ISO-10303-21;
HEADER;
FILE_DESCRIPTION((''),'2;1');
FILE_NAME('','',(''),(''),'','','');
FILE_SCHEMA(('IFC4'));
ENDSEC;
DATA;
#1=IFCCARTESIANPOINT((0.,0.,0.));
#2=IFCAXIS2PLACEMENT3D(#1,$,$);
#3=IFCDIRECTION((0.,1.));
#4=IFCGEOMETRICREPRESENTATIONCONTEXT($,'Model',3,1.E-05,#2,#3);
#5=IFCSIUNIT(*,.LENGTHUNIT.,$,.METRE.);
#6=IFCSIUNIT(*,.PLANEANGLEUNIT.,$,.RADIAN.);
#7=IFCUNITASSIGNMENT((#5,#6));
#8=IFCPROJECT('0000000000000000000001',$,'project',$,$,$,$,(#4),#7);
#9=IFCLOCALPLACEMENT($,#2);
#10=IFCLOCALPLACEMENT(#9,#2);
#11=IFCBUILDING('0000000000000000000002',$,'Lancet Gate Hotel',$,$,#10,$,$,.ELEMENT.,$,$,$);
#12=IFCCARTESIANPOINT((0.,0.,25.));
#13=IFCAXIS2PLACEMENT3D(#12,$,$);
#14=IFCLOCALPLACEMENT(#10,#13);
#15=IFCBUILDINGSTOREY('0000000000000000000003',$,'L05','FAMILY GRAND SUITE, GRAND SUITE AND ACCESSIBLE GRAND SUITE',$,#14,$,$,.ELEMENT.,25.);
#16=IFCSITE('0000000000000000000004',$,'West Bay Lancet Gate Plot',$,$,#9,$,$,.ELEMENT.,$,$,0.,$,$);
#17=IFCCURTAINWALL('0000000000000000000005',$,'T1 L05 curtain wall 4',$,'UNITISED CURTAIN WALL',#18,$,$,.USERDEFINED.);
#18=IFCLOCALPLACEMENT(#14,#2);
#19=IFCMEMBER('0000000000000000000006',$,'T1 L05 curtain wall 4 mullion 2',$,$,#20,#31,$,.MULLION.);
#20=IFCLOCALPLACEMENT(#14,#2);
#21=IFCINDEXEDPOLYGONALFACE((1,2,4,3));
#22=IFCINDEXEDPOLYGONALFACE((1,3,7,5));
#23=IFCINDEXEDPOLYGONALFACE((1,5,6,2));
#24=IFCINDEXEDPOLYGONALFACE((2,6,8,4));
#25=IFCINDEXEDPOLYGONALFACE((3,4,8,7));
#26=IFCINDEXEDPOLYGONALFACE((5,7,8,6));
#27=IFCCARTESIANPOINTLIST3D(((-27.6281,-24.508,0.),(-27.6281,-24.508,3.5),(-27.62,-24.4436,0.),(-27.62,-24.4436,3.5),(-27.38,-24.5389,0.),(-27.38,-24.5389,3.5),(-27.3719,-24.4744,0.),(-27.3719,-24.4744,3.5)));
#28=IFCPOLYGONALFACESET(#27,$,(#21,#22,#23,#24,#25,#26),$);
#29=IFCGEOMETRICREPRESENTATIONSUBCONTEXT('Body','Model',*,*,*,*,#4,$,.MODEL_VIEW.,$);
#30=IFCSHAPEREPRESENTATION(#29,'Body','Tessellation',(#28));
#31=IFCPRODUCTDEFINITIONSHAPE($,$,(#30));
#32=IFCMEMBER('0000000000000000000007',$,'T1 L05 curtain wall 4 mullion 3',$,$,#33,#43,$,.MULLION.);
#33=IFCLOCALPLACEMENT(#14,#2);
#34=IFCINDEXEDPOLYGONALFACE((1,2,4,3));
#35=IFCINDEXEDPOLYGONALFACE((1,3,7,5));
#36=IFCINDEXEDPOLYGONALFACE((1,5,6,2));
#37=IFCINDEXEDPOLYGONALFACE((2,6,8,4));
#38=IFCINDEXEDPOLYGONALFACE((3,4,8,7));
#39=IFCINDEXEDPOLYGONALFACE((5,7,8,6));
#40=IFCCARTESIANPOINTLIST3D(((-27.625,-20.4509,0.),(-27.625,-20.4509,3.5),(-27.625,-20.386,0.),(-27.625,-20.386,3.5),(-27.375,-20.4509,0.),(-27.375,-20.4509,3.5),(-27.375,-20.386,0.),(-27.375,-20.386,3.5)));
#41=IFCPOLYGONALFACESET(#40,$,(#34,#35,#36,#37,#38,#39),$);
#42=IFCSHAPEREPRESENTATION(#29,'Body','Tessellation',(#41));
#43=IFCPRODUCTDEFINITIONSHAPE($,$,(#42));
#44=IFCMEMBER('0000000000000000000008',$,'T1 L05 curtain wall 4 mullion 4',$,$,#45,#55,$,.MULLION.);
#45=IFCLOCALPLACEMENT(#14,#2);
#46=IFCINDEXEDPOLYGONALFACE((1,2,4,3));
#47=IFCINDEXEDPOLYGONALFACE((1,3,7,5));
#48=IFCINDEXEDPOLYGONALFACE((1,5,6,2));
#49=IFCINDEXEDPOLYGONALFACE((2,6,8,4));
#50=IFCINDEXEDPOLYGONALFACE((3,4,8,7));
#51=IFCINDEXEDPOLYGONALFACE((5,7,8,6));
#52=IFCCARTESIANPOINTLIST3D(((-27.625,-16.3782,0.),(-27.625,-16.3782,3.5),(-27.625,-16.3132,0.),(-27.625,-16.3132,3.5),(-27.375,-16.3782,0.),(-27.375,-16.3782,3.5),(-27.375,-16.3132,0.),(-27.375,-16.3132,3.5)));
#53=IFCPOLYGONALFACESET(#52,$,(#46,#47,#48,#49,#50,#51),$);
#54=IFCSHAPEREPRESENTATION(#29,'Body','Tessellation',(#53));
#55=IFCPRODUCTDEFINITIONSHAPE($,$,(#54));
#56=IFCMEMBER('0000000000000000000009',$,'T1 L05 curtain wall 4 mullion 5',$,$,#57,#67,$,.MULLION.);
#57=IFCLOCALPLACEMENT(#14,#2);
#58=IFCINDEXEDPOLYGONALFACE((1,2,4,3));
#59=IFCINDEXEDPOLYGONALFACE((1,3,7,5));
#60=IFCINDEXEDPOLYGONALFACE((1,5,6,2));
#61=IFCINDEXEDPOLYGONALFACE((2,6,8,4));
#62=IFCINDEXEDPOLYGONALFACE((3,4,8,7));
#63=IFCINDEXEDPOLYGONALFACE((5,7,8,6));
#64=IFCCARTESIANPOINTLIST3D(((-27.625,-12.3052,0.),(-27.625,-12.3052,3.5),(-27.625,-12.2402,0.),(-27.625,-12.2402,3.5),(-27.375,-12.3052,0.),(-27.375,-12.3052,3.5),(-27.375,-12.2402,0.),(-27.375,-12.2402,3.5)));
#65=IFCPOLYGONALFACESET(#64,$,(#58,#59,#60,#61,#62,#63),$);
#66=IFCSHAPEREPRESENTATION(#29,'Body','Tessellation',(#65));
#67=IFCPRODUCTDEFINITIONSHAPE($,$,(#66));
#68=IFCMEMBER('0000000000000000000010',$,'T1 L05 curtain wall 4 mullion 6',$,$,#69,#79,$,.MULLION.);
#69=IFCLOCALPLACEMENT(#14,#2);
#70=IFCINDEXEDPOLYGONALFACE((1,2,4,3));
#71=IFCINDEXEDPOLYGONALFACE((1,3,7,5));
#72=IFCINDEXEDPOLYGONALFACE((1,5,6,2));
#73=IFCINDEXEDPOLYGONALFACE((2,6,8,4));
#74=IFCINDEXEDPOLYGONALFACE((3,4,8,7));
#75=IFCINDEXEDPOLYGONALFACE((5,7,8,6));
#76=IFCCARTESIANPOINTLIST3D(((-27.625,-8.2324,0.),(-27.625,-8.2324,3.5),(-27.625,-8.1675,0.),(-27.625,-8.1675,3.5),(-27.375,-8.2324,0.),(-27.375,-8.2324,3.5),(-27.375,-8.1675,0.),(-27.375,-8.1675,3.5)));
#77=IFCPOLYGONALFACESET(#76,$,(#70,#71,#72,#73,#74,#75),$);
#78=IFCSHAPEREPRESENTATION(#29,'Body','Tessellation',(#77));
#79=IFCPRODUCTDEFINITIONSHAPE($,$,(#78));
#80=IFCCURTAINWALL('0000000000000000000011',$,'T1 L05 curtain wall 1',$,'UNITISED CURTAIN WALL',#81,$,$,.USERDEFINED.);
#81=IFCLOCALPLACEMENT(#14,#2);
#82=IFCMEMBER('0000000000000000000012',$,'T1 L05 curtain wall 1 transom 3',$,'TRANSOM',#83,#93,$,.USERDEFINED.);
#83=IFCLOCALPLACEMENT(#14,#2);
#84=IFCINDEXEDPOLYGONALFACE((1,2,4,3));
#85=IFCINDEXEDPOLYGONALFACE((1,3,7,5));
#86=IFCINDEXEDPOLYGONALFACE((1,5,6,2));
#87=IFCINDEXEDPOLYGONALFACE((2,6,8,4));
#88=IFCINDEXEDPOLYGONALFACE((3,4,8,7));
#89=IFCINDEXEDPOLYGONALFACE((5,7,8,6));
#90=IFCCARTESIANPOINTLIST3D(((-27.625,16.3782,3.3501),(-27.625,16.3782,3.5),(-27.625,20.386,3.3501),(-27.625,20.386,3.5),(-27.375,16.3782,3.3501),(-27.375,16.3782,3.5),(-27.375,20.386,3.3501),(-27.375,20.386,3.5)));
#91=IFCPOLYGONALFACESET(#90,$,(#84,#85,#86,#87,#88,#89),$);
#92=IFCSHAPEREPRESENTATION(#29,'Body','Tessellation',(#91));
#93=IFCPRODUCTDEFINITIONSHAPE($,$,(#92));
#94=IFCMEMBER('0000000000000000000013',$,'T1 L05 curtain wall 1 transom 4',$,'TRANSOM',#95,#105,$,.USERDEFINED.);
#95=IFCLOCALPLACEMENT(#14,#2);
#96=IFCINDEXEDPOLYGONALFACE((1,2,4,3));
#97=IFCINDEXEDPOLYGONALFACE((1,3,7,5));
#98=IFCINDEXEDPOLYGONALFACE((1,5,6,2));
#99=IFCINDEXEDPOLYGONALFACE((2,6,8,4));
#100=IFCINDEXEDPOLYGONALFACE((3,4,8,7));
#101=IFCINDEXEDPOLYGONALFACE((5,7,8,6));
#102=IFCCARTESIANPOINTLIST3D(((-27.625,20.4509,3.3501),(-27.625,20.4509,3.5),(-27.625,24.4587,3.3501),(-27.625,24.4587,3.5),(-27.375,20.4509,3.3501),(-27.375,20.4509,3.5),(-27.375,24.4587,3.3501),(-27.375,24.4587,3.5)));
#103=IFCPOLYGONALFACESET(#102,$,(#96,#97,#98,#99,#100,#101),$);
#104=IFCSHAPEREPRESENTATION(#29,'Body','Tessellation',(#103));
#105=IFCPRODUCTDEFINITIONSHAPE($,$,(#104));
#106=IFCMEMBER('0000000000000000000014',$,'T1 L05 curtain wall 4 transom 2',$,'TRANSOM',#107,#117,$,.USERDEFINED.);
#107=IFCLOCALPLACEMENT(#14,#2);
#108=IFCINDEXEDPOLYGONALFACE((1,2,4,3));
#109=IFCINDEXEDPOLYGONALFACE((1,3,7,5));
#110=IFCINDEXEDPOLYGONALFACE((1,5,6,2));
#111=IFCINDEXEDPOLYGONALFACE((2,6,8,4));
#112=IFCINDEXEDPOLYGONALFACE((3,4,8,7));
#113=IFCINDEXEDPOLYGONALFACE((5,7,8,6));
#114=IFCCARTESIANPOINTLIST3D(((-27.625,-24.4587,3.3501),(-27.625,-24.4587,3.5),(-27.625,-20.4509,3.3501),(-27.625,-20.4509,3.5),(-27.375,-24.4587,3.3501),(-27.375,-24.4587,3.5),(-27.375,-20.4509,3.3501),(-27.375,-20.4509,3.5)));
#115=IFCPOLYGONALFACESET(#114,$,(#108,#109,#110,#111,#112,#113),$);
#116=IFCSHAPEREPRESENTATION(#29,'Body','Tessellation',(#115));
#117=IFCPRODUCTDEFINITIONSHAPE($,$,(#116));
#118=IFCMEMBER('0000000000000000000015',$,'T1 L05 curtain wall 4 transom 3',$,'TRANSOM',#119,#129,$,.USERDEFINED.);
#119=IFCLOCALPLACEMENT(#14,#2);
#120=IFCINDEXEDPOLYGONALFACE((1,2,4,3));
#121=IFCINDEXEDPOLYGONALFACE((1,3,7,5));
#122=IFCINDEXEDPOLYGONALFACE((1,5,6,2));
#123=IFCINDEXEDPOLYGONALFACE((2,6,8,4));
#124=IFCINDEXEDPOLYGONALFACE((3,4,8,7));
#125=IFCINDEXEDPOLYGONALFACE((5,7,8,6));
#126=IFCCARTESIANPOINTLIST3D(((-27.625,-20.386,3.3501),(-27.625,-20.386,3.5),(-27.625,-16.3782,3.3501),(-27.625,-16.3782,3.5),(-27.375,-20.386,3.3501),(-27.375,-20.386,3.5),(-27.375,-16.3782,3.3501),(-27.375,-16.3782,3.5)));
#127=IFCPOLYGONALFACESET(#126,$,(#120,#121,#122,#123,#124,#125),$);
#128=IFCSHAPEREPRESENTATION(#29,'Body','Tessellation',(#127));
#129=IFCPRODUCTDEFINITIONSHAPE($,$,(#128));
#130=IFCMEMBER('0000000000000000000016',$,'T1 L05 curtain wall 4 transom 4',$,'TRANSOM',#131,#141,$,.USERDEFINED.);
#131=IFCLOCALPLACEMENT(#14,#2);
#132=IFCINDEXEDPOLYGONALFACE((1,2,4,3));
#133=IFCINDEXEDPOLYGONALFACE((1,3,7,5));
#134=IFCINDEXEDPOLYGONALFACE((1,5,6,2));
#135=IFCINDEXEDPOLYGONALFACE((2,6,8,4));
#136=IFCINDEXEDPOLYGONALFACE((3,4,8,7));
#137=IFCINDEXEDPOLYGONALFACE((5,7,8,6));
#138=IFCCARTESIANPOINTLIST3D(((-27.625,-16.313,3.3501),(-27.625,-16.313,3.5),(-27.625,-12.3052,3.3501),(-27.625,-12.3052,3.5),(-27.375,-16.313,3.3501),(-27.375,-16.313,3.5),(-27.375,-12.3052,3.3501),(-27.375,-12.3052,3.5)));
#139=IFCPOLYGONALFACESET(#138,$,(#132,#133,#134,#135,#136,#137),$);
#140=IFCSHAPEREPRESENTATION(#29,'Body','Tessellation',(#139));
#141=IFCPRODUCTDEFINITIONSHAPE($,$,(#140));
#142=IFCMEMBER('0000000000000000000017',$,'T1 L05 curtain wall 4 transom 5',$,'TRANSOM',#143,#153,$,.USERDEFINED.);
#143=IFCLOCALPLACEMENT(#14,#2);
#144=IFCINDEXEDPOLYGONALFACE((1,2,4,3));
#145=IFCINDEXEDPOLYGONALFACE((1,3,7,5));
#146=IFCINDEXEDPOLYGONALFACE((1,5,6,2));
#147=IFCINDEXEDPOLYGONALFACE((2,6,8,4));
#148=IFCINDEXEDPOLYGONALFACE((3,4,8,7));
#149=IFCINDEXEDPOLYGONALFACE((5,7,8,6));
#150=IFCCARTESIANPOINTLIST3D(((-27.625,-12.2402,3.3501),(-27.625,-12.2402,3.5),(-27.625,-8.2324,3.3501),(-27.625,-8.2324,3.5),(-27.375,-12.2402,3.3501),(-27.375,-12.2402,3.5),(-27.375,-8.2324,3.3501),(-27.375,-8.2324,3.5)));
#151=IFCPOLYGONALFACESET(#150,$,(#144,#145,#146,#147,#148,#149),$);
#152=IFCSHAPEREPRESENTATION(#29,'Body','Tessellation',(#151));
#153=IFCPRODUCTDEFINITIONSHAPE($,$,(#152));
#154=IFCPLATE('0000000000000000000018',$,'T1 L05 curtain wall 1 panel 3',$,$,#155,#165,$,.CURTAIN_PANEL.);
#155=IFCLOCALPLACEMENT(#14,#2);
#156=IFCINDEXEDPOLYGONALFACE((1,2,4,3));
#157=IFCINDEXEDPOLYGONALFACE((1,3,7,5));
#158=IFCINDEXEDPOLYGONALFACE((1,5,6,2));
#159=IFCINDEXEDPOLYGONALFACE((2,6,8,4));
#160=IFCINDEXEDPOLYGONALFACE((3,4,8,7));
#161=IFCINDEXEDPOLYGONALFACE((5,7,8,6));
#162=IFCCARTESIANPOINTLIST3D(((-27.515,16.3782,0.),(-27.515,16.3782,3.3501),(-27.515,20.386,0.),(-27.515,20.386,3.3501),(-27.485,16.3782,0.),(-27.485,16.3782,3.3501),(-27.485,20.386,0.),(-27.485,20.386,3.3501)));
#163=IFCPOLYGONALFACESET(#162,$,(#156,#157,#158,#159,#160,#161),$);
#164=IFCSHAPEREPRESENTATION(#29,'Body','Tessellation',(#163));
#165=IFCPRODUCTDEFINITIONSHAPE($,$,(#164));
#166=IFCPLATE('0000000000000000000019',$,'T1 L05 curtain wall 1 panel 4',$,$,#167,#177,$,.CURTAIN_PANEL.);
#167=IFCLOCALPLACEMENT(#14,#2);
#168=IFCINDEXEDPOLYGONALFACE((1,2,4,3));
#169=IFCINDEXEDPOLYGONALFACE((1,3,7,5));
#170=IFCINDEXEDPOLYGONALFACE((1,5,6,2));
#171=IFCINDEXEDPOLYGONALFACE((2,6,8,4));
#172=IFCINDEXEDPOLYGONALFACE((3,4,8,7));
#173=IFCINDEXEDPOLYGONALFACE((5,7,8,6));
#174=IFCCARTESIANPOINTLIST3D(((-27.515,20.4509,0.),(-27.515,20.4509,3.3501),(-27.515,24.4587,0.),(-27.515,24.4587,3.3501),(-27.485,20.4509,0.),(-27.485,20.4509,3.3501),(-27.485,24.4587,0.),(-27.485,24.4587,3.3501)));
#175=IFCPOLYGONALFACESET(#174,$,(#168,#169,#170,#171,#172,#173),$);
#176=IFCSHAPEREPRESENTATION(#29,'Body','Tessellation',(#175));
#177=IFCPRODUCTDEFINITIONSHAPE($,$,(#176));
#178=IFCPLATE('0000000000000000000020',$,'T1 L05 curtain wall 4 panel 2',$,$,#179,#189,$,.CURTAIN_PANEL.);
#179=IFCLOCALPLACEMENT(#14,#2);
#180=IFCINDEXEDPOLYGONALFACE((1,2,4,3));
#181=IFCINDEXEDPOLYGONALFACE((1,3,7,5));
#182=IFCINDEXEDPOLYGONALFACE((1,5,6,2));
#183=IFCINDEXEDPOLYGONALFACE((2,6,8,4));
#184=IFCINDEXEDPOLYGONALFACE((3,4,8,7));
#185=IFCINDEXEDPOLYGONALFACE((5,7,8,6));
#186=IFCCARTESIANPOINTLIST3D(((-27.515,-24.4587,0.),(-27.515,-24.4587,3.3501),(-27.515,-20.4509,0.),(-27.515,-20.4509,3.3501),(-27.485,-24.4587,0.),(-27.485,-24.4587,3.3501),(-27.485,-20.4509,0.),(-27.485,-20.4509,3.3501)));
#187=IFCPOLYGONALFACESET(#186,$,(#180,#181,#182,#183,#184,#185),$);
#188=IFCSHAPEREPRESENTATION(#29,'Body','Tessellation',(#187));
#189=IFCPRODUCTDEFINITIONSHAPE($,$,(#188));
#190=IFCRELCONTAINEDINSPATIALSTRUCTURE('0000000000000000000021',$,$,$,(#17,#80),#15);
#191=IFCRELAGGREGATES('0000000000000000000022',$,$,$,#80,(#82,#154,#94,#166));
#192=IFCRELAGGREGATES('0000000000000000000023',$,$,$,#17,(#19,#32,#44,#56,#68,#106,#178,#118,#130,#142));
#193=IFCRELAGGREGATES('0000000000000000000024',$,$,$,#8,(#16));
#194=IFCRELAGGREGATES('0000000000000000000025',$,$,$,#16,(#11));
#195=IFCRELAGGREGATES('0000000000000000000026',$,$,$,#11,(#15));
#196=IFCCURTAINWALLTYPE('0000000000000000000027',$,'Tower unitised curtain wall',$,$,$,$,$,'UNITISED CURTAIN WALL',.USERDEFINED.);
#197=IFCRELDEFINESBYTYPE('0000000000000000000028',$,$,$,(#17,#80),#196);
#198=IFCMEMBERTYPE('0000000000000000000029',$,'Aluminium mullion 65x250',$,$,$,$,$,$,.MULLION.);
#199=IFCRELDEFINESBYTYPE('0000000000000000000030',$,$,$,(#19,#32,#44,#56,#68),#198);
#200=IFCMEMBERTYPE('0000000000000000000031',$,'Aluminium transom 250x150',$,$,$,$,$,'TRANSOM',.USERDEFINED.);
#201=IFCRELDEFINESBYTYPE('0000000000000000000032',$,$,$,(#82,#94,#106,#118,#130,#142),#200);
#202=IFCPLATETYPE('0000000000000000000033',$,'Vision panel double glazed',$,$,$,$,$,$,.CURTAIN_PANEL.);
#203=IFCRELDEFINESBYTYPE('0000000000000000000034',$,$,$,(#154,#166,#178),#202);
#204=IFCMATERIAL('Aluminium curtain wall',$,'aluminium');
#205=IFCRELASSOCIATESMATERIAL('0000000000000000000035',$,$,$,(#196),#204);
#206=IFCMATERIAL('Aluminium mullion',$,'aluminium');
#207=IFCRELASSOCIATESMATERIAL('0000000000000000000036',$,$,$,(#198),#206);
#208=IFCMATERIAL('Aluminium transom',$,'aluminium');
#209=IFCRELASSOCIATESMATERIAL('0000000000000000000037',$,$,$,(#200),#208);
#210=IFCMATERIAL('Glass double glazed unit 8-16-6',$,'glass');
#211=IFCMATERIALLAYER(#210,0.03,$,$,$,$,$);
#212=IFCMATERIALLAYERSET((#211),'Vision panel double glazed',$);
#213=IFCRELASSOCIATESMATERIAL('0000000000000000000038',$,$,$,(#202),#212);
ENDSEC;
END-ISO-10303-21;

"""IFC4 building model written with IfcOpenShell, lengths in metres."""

from ifc_helpers import new_model, si_unit, direction, frame, origin, origin_2d, place, context, subcontext, project, spatial, rectangle, extrude, material, layer, layer_set, material_profile, profile_set, type_object, element, aggregate, save


model = new_model("IFC4")

# Units and contexts
model_context = context("Model", 3, precision=1e-05, world=origin(), true_north=direction((0.0, 1.0)))
body_context = subcontext(model_context, "Body", "Model", "MODEL_VIEW")
ifc_project = project(units=[si_unit("LENGTHUNIT", "METRE"), si_unit("PLANEANGLEUNIT", "RADIAN")], contexts=[model_context])

# Site, building, storey
site_placement = place(None, origin())
site = spatial("IfcSite", under=ifc_project, at=site_placement, Name="West Bay Lancet Gate Plot", CompositionType="ELEMENT", RefElevation=0.0)
building_placement = place(site_placement, origin())
building = spatial("IfcBuilding", under=site, at=building_placement, Name="Lancet Gate Hotel", CompositionType="ELEMENT")
storey_placement = place(building_placement, frame((0.0, 0.0, 25.0)))
storey = spatial("IfcBuildingStorey", under=building, at=storey_placement, Name="L05", Description="FAMILY GRAND SUITE, GRAND SUITE AND ACCESSIBLE GRAND SUITE", CompositionType="ELEMENT", Elevation=25.0)

# Curtain walls, members
ifc_material_1 = material(Name="Aluminium curtain wall", Category="aluminium")
curtain_wall_type = type_object("IfcCurtainWallType", Name="Tower unitised curtain wall", ElementType="UNITISED CURTAIN WALL", PredefinedType="USERDEFINED", material=ifc_material_1)
curtain_wall_1_placement = place(storey_placement, origin())
curtain_wall_1 = element("IfcCurtainWall", 1, at=curtain_wall_1_placement, inside=storey, type_object=curtain_wall_type, Name="T1 L05 curtain wall 4", ObjectType="UNITISED CURTAIN WALL", PredefinedType="USERDEFINED")
ifc_material_2 = material(Name="Aluminium mullion", Category="aluminium")
ifc_material_profile_1 = material_profile(ifc_material_2, rectangle(XDim=0.0649, YDim=0.25, at=origin_2d()), Name="MULLION 65x250")
ifc_profile_set_1 = profile_set([ifc_material_profile_1], Name="Aluminium mullion")
member_type_1 = type_object("IfcMemberType", Name="Aluminium mullion 65x250", PredefinedType="MULLION", material=ifc_profile_set_1)
member_1_placement = place(storey_placement, frame((-27.5, -24.4912, 0.0), z_axis=(0.0, 0.0, 1.0), x_axis=(0.123483, 0.992347, 0.0)))
member_1 = element("IfcMember", 2, at=member_1_placement, type_object=member_type_1, Name="T1 L05 curtain wall 4 mullion 2", PredefinedType="MULLION", context=body_context, shape_type="SweptSolid", body=[
    extrude(rectangle(XDim=0.0649, YDim=0.25, at=origin_2d()), origin(), (0.0, 0.0, 1.0), 3.5),
])
member_2_placement = place(storey_placement, frame((-27.5, -20.4185, 0.0), z_axis=(0.0, 0.0, 1.0), x_axis=(0.0, 1.0, 0.0)))
member_2 = element("IfcMember", 3, at=member_2_placement, type_object=member_type_1, Name="T1 L05 curtain wall 4 mullion 3", PredefinedType="MULLION", context=body_context, shape_type="SweptSolid", body=[
    extrude(rectangle(XDim=0.0649, YDim=0.25, at=origin_2d()), origin(), (0.0, 0.0, 1.0), 3.5),
])
member_3_placement = place(storey_placement, frame((-27.5, -16.3457, 0.0), z_axis=(0.0, 0.0, 1.0), x_axis=(0.0, 1.0, 0.0)))
member_3 = element("IfcMember", 4, at=member_3_placement, type_object=member_type_1, Name="T1 L05 curtain wall 4 mullion 4", PredefinedType="MULLION", context=body_context, shape_type="SweptSolid", body=[
    extrude(rectangle(XDim=0.0649, YDim=0.25, at=origin_2d()), origin(), (0.0, 0.0, 1.0), 3.5),
])
member_4_placement = place(storey_placement, frame((-27.5, -12.2727, 0.0), z_axis=(0.0, 0.0, 1.0), x_axis=(0.0, 1.0, 0.0)))
member_4 = element("IfcMember", 5, at=member_4_placement, type_object=member_type_1, Name="T1 L05 curtain wall 4 mullion 5", PredefinedType="MULLION", context=body_context, shape_type="SweptSolid", body=[
    extrude(rectangle(XDim=0.0649, YDim=0.25, at=origin_2d()), origin(), (0.0, 0.0, 1.0), 3.5),
])
member_5_placement = place(storey_placement, frame((-27.5, -8.2, 0.0), z_axis=(0.0, 0.0, 1.0), x_axis=(0.0, 1.0, 0.0)))
member_5 = element("IfcMember", 6, at=member_5_placement, type_object=member_type_1, Name="T1 L05 curtain wall 4 mullion 6", PredefinedType="MULLION", context=body_context, shape_type="SweptSolid", body=[
    extrude(rectangle(XDim=0.0649, YDim=0.25, at=origin_2d()), origin(), (0.0, 0.0, 1.0), 3.5),
])
curtain_wall_2_placement = place(storey_placement, origin())
curtain_wall_2 = element("IfcCurtainWall", 7, at=curtain_wall_2_placement, inside=storey, type_object=curtain_wall_type, Name="T1 L05 curtain wall 1", ObjectType="UNITISED CURTAIN WALL", PredefinedType="USERDEFINED")
ifc_material_3 = material(Name="Aluminium transom", Category="aluminium")
ifc_material_profile_2 = material_profile(ifc_material_3, rectangle(XDim=0.25, YDim=0.1499, at=origin_2d()), Name="TRANSOM 250x150")
ifc_profile_set_2 = profile_set([ifc_material_profile_2], Name="Aluminium transom")
member_type_2 = type_object("IfcMemberType", Name="Aluminium transom 250x150", ElementType="TRANSOM", PredefinedType="USERDEFINED", material=ifc_profile_set_2)
member_6_placement = place(storey_placement, frame((-27.5, 16.3782, 3.425), z_axis=(0.0, 1.0, 0.0), x_axis=(-1.0, 0.0, 0.0)))
member_6 = element("IfcMember", 8, at=member_6_placement, type_object=member_type_2, Name="T1 L05 curtain wall 1 transom 3", ObjectType="TRANSOM", PredefinedType="USERDEFINED", context=body_context, shape_type="SweptSolid", body=[
    extrude(rectangle(XDim=0.25, YDim=0.1499, at=origin_2d()), origin(), (0.0, 0.0, 1.0), 4.0078),
])
member_7_placement = place(storey_placement, frame((-27.5, 20.4509, 3.425), z_axis=(0.0, 1.0, 0.0), x_axis=(-1.0, 0.0, 0.0)))
member_7 = element("IfcMember", 9, at=member_7_placement, type_object=member_type_2, Name="T1 L05 curtain wall 1 transom 4", ObjectType="TRANSOM", PredefinedType="USERDEFINED", context=body_context, shape_type="SweptSolid", body=[
    extrude(rectangle(XDim=0.25, YDim=0.1499, at=origin_2d()), origin(), (0.0, 0.0, 1.0), 4.0078),
])

# Members
member_8_placement = place(storey_placement, frame((-27.5, -24.4587, 3.425), z_axis=(0.0, 1.0, 0.0), x_axis=(-1.0, 0.0, 0.0)))
member_8 = element("IfcMember", 10, at=member_8_placement, type_object=member_type_2, Name="T1 L05 curtain wall 4 transom 2", ObjectType="TRANSOM", PredefinedType="USERDEFINED", context=body_context, shape_type="SweptSolid", body=[
    extrude(rectangle(XDim=0.25, YDim=0.1499, at=origin_2d()), origin(), (0.0, 0.0, 1.0), 4.0078),
])
member_9_placement = place(storey_placement, frame((-27.5, -20.386, 3.425), z_axis=(0.0, 1.0, 0.0), x_axis=(-1.0, 0.0, 0.0)))
member_9 = element("IfcMember", 11, at=member_9_placement, type_object=member_type_2, Name="T1 L05 curtain wall 4 transom 3", ObjectType="TRANSOM", PredefinedType="USERDEFINED", context=body_context, shape_type="SweptSolid", body=[
    extrude(rectangle(XDim=0.25, YDim=0.1499, at=origin_2d()), origin(), (0.0, 0.0, 1.0), 4.0078),
])
member_10_placement = place(storey_placement, frame((-27.5, -16.313, 3.425), z_axis=(0.0, 1.0, 0.0), x_axis=(-1.0, 0.0, 0.0)))
member_10 = element("IfcMember", 12, at=member_10_placement, type_object=member_type_2, Name="T1 L05 curtain wall 4 transom 4", ObjectType="TRANSOM", PredefinedType="USERDEFINED", context=body_context, shape_type="SweptSolid", body=[
    extrude(rectangle(XDim=0.25, YDim=0.1499, at=origin_2d()), origin(), (0.0, 0.0, 1.0), 4.0078),
])
member_11_placement = place(storey_placement, frame((-27.5, -12.2402, 3.425), z_axis=(0.0, 1.0, 0.0), x_axis=(-1.0, 0.0, 0.0)))
member_11 = element("IfcMember", 13, at=member_11_placement, type_object=member_type_2, Name="T1 L05 curtain wall 4 transom 5", ObjectType="TRANSOM", PredefinedType="USERDEFINED", context=body_context, shape_type="SweptSolid", body=[
    extrude(rectangle(XDim=0.25, YDim=0.1499, at=origin_2d()), origin(), (0.0, 0.0, 1.0), 4.0078),
])

# Plates
ifc_material_4 = material(Name="Glass double glazed unit 8-16-6", Category="glass")
ifc_layer = layer(ifc_material_4, 0.03)
ifc_layer_set = layer_set([ifc_layer], Name="Vision panel double glazed")
plate_type = type_object("IfcPlateType", Name="Vision panel double glazed", PredefinedType="CURTAIN_PANEL", material=ifc_layer_set)
plate_1_placement = place(storey_placement, frame((-27.5, 18.3821, 0.0), z_axis=(0.0, 0.0, 1.0), x_axis=(0.0, 1.0, 0.0)))
plate_1 = element("IfcPlate", 14, at=plate_1_placement, type_object=plate_type, Name="T1 L05 curtain wall 1 panel 3", PredefinedType="CURTAIN_PANEL", context=body_context, shape_type="SweptSolid", body=[
    extrude(rectangle(XDim=4.0078, YDim=0.03, at=origin_2d()), origin(), (0.0, 0.0, 1.0), 3.3501),
])
plate_2_placement = place(storey_placement, frame((-27.5, 22.4548, 0.0), z_axis=(0.0, 0.0, 1.0), x_axis=(0.0, 1.0, 0.0)))
plate_2 = element("IfcPlate", 15, at=plate_2_placement, type_object=plate_type, Name="T1 L05 curtain wall 1 panel 4", PredefinedType="CURTAIN_PANEL", context=body_context, shape_type="SweptSolid", body=[
    extrude(rectangle(XDim=4.0078, YDim=0.03, at=origin_2d()), origin(), (0.0, 0.0, 1.0), 3.3501),
])
aggregate(curtain_wall_2, [member_6, plate_1, member_7, plate_2])
plate_3_placement = place(storey_placement, frame((-27.5, -22.4548, 0.0), z_axis=(0.0, 0.0, 1.0), x_axis=(0.0, 1.0, 0.0)))
plate_3 = element("IfcPlate", 16, at=plate_3_placement, type_object=plate_type, Name="T1 L05 curtain wall 4 panel 2", PredefinedType="CURTAIN_PANEL", context=body_context, shape_type="SweptSolid", body=[
    extrude(rectangle(XDim=4.0078, YDim=0.03, at=origin_2d()), origin(), (0.0, 0.0, 1.0), 3.3501),
])
aggregate(curtain_wall_1, [member_1, member_2, member_3, member_4, member_5, member_8, plate_3, member_9, member_10, member_11])

save(model, "model.ifc")
